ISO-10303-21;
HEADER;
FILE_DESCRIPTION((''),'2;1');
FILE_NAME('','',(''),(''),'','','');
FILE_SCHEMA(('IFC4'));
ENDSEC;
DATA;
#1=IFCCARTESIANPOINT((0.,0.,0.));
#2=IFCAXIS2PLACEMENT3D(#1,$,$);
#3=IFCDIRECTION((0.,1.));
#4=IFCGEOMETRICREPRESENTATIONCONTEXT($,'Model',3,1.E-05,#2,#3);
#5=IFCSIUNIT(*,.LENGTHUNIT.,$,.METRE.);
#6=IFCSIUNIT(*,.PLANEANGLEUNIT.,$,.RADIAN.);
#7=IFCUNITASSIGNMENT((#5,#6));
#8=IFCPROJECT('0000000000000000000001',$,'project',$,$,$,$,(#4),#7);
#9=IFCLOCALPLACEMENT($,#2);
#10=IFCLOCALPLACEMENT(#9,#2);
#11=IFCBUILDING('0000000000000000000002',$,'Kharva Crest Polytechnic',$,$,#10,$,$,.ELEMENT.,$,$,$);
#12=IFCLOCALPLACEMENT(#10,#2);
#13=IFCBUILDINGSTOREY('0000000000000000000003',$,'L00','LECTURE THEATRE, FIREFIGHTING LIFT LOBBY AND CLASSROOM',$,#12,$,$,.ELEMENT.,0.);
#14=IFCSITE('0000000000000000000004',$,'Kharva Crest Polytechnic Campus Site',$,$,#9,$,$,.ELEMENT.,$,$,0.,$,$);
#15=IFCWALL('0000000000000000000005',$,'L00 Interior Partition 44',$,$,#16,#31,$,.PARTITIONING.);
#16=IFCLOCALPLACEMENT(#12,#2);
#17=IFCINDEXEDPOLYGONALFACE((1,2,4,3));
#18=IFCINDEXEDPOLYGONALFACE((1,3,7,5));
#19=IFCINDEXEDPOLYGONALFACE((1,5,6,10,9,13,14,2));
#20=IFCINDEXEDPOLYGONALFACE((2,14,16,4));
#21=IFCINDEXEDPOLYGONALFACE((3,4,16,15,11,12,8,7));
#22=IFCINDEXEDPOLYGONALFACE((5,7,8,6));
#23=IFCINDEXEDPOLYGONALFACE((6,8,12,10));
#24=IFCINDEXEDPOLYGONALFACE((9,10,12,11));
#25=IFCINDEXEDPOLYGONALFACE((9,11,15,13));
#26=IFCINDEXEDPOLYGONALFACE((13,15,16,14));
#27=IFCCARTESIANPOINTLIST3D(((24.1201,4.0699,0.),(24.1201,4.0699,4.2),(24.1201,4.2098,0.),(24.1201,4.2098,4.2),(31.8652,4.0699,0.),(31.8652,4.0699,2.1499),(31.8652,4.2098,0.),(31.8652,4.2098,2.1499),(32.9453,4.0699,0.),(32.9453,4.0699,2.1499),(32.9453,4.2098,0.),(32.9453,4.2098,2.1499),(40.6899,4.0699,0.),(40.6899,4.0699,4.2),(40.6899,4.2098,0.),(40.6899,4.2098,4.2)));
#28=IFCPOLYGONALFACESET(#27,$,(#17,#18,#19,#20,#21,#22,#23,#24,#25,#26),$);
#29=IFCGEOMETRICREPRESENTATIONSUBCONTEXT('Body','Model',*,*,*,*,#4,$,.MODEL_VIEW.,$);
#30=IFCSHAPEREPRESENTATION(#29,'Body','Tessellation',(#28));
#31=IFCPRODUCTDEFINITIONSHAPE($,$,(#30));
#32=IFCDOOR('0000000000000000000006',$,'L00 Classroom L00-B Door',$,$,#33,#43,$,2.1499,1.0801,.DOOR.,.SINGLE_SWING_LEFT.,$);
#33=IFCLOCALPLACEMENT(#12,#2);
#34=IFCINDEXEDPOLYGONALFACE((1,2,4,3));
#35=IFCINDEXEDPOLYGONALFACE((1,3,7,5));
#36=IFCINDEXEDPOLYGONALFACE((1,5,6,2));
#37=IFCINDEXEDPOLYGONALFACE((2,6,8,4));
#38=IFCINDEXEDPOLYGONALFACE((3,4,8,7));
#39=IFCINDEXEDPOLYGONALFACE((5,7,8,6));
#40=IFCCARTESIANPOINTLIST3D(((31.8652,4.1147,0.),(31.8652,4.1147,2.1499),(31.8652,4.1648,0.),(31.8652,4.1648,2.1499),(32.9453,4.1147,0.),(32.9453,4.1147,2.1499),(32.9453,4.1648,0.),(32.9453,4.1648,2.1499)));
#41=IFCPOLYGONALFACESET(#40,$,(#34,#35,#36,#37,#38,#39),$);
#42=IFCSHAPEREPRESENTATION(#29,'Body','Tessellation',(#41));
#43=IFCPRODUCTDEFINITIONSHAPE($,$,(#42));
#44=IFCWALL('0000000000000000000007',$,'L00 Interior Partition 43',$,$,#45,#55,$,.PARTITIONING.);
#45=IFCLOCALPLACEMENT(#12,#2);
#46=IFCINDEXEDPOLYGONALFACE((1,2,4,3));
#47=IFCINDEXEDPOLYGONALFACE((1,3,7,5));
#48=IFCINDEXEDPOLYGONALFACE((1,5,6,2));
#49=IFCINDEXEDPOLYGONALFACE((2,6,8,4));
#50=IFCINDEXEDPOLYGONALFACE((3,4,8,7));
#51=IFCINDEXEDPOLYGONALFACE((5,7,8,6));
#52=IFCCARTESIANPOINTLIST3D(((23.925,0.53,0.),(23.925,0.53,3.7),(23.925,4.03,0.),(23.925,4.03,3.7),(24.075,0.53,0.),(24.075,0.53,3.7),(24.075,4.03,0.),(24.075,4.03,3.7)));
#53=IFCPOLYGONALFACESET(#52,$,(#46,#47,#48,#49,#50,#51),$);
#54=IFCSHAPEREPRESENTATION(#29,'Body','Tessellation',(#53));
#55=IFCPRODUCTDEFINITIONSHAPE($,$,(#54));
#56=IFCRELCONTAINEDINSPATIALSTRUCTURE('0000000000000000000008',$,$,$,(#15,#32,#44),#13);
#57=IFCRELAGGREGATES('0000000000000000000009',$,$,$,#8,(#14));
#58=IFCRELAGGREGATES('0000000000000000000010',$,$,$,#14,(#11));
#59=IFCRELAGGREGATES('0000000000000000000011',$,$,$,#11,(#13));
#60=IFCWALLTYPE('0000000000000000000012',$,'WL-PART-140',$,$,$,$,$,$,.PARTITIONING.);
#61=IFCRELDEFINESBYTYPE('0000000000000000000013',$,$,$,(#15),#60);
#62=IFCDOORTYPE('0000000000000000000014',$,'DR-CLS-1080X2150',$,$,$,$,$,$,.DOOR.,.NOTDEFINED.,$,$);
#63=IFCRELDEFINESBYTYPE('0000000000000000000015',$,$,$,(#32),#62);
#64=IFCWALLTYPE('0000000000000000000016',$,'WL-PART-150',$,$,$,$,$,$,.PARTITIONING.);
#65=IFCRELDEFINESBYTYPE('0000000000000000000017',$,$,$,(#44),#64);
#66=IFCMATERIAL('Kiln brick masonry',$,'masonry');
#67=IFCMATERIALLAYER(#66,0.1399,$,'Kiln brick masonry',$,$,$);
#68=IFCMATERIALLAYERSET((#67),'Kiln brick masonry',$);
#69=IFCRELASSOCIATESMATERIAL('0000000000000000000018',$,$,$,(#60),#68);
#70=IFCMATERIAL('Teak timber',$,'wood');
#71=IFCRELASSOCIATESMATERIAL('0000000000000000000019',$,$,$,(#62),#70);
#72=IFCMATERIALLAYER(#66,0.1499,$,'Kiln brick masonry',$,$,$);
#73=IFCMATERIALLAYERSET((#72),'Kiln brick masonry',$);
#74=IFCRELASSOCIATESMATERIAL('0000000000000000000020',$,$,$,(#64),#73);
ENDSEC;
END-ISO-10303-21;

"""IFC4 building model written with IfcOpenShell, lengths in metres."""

from ifc_helpers import new_model, si_unit, direction, frame, frame_2d, origin, place, context, subcontext, project, spatial, rectangle, extrude, material, layer, layer_set, type_object, element, fill, save


model = new_model("IFC4")

# Units and contexts
model_context = context("Model", 3, precision=1e-05, world=origin(), true_north=direction((0.0, 1.0)))
body_context = subcontext(model_context, "Body", "Model", "MODEL_VIEW")
ifc_project = project(units=[si_unit("LENGTHUNIT", "METRE"), si_unit("PLANEANGLEUNIT", "RADIAN")], contexts=[model_context])

# Site, building, storey
site_placement = place(None, origin())
site = spatial("IfcSite", under=ifc_project, at=site_placement, Name="Kharva Crest Polytechnic Campus Site", CompositionType="ELEMENT", RefElevation=0.0)
building_placement = place(site_placement, origin())
building = spatial("IfcBuilding", under=site, at=building_placement, Name="Kharva Crest Polytechnic", CompositionType="ELEMENT")
storey_placement = place(building_placement, origin())
storey = spatial("IfcBuildingStorey", under=building, at=storey_placement, Name="L00", Description="LECTURE THEATRE, FIREFIGHTING LIFT LOBBY AND CLASSROOM", CompositionType="ELEMENT", Elevation=0.0)

# Shared definitions
ifc_material_1 = material(Name="Kiln brick masonry", Category="masonry")

# Wall, opening, door
ifc_material_2 = material(Name="Teak timber", Category="wood")
ifc_layer_1 = layer(ifc_material_1, 0.1399, Name="Kiln brick masonry")
ifc_layer_set_1 = layer_set([ifc_layer_1], Name="Kiln brick masonry")
wall_type_1 = type_object("IfcWallType", Name="WL-PART-140", PredefinedType="PARTITIONING", material=ifc_layer_set_1)
wall_1_placement = place(storey_placement, frame((24.1201, 4.1399, 0.0), z_axis=(0.0, 0.0, 1.0), x_axis=(1.0, 0.0, 0.0)))
wall_1 = element("IfcWall", 1, at=wall_1_placement, inside=storey, type_object=wall_type_1, Name="L00 Interior Partition 44", PredefinedType="PARTITIONING", context=body_context, shape_type="SweptSolid", body=[
    extrude(rectangle(XDim=16.5698, YDim=0.1399, at=frame_2d((8.2849, 0.0))), origin(), (0.0, 0.0, 1.0), 4.2),
])
opening_1_placement = place(wall_1_placement, frame((7.7451, 0.0, 0.0)))
opening_1 = element("IfcOpeningElement", 2, at=opening_1_placement, cuts=wall_1, PredefinedType="OPENING", context=body_context, shape_type="SweptSolid", body=[
    extrude(rectangle(XDim=1.0801, YDim=2.1499, at=frame_2d((0.54, 1.075))), frame((0.0, 0.0798, 0.0), z_axis=(0.0, -1.0, 0.0), x_axis=(1.0, 0.0, 0.0)), (0.0, 0.0, 1.0), 0.1599),
])
door_type_1 = type_object("IfcDoorType", Name="DR-CLS-1080X2150", OperationType="NOTDEFINED", PredefinedType="DOOR", material=ifc_material_2)
door_1_placement = place(opening_1_placement, origin())
door_1 = element("IfcDoor", 3, at=door_1_placement, inside=storey, type_object=door_type_1, Name="L00 Classroom L00-B Door", OperationType="SINGLE_SWING_LEFT", OverallHeight=2.1499, OverallWidth=1.0801, PredefinedType="DOOR", context=body_context, shape_type="SweptSolid", body=[
    extrude(rectangle(XDim=1.0801, YDim=2.1499, at=frame_2d((0.54, 1.075))), frame((0.0, 0.0249, 0.0), z_axis=(0.0, -1.0, 0.0), x_axis=(1.0, 0.0, 0.0)), (0.0, 0.0, 1.0), 0.05),
])
fill(opening_1, door_1)

# Wall
ifc_layer_2 = layer(ifc_material_1, 0.1499, Name="Kiln brick masonry")
ifc_layer_set_2 = layer_set([ifc_layer_2], Name="Kiln brick masonry")
wall_type_2 = type_object("IfcWallType", Name="WL-PART-150", PredefinedType="PARTITIONING", material=ifc_layer_set_2)
wall_2_placement = place(storey_placement, frame((24.0, 0.53, 0.0), z_axis=(0.0, 0.0, 1.0), x_axis=(0.0, 1.0, 0.0)))
element("IfcWall", 4, at=wall_2_placement, inside=storey, type_object=wall_type_2, Name="L00 Interior Partition 43", PredefinedType="PARTITIONING", context=body_context, shape_type="SweptSolid", body=[
    extrude(rectangle(XDim=3.5, YDim=0.1499, at=frame_2d((1.75, 0.0))), origin(), (0.0, 0.0, 1.0), 3.7),
])

save(model, "model.ifc")
